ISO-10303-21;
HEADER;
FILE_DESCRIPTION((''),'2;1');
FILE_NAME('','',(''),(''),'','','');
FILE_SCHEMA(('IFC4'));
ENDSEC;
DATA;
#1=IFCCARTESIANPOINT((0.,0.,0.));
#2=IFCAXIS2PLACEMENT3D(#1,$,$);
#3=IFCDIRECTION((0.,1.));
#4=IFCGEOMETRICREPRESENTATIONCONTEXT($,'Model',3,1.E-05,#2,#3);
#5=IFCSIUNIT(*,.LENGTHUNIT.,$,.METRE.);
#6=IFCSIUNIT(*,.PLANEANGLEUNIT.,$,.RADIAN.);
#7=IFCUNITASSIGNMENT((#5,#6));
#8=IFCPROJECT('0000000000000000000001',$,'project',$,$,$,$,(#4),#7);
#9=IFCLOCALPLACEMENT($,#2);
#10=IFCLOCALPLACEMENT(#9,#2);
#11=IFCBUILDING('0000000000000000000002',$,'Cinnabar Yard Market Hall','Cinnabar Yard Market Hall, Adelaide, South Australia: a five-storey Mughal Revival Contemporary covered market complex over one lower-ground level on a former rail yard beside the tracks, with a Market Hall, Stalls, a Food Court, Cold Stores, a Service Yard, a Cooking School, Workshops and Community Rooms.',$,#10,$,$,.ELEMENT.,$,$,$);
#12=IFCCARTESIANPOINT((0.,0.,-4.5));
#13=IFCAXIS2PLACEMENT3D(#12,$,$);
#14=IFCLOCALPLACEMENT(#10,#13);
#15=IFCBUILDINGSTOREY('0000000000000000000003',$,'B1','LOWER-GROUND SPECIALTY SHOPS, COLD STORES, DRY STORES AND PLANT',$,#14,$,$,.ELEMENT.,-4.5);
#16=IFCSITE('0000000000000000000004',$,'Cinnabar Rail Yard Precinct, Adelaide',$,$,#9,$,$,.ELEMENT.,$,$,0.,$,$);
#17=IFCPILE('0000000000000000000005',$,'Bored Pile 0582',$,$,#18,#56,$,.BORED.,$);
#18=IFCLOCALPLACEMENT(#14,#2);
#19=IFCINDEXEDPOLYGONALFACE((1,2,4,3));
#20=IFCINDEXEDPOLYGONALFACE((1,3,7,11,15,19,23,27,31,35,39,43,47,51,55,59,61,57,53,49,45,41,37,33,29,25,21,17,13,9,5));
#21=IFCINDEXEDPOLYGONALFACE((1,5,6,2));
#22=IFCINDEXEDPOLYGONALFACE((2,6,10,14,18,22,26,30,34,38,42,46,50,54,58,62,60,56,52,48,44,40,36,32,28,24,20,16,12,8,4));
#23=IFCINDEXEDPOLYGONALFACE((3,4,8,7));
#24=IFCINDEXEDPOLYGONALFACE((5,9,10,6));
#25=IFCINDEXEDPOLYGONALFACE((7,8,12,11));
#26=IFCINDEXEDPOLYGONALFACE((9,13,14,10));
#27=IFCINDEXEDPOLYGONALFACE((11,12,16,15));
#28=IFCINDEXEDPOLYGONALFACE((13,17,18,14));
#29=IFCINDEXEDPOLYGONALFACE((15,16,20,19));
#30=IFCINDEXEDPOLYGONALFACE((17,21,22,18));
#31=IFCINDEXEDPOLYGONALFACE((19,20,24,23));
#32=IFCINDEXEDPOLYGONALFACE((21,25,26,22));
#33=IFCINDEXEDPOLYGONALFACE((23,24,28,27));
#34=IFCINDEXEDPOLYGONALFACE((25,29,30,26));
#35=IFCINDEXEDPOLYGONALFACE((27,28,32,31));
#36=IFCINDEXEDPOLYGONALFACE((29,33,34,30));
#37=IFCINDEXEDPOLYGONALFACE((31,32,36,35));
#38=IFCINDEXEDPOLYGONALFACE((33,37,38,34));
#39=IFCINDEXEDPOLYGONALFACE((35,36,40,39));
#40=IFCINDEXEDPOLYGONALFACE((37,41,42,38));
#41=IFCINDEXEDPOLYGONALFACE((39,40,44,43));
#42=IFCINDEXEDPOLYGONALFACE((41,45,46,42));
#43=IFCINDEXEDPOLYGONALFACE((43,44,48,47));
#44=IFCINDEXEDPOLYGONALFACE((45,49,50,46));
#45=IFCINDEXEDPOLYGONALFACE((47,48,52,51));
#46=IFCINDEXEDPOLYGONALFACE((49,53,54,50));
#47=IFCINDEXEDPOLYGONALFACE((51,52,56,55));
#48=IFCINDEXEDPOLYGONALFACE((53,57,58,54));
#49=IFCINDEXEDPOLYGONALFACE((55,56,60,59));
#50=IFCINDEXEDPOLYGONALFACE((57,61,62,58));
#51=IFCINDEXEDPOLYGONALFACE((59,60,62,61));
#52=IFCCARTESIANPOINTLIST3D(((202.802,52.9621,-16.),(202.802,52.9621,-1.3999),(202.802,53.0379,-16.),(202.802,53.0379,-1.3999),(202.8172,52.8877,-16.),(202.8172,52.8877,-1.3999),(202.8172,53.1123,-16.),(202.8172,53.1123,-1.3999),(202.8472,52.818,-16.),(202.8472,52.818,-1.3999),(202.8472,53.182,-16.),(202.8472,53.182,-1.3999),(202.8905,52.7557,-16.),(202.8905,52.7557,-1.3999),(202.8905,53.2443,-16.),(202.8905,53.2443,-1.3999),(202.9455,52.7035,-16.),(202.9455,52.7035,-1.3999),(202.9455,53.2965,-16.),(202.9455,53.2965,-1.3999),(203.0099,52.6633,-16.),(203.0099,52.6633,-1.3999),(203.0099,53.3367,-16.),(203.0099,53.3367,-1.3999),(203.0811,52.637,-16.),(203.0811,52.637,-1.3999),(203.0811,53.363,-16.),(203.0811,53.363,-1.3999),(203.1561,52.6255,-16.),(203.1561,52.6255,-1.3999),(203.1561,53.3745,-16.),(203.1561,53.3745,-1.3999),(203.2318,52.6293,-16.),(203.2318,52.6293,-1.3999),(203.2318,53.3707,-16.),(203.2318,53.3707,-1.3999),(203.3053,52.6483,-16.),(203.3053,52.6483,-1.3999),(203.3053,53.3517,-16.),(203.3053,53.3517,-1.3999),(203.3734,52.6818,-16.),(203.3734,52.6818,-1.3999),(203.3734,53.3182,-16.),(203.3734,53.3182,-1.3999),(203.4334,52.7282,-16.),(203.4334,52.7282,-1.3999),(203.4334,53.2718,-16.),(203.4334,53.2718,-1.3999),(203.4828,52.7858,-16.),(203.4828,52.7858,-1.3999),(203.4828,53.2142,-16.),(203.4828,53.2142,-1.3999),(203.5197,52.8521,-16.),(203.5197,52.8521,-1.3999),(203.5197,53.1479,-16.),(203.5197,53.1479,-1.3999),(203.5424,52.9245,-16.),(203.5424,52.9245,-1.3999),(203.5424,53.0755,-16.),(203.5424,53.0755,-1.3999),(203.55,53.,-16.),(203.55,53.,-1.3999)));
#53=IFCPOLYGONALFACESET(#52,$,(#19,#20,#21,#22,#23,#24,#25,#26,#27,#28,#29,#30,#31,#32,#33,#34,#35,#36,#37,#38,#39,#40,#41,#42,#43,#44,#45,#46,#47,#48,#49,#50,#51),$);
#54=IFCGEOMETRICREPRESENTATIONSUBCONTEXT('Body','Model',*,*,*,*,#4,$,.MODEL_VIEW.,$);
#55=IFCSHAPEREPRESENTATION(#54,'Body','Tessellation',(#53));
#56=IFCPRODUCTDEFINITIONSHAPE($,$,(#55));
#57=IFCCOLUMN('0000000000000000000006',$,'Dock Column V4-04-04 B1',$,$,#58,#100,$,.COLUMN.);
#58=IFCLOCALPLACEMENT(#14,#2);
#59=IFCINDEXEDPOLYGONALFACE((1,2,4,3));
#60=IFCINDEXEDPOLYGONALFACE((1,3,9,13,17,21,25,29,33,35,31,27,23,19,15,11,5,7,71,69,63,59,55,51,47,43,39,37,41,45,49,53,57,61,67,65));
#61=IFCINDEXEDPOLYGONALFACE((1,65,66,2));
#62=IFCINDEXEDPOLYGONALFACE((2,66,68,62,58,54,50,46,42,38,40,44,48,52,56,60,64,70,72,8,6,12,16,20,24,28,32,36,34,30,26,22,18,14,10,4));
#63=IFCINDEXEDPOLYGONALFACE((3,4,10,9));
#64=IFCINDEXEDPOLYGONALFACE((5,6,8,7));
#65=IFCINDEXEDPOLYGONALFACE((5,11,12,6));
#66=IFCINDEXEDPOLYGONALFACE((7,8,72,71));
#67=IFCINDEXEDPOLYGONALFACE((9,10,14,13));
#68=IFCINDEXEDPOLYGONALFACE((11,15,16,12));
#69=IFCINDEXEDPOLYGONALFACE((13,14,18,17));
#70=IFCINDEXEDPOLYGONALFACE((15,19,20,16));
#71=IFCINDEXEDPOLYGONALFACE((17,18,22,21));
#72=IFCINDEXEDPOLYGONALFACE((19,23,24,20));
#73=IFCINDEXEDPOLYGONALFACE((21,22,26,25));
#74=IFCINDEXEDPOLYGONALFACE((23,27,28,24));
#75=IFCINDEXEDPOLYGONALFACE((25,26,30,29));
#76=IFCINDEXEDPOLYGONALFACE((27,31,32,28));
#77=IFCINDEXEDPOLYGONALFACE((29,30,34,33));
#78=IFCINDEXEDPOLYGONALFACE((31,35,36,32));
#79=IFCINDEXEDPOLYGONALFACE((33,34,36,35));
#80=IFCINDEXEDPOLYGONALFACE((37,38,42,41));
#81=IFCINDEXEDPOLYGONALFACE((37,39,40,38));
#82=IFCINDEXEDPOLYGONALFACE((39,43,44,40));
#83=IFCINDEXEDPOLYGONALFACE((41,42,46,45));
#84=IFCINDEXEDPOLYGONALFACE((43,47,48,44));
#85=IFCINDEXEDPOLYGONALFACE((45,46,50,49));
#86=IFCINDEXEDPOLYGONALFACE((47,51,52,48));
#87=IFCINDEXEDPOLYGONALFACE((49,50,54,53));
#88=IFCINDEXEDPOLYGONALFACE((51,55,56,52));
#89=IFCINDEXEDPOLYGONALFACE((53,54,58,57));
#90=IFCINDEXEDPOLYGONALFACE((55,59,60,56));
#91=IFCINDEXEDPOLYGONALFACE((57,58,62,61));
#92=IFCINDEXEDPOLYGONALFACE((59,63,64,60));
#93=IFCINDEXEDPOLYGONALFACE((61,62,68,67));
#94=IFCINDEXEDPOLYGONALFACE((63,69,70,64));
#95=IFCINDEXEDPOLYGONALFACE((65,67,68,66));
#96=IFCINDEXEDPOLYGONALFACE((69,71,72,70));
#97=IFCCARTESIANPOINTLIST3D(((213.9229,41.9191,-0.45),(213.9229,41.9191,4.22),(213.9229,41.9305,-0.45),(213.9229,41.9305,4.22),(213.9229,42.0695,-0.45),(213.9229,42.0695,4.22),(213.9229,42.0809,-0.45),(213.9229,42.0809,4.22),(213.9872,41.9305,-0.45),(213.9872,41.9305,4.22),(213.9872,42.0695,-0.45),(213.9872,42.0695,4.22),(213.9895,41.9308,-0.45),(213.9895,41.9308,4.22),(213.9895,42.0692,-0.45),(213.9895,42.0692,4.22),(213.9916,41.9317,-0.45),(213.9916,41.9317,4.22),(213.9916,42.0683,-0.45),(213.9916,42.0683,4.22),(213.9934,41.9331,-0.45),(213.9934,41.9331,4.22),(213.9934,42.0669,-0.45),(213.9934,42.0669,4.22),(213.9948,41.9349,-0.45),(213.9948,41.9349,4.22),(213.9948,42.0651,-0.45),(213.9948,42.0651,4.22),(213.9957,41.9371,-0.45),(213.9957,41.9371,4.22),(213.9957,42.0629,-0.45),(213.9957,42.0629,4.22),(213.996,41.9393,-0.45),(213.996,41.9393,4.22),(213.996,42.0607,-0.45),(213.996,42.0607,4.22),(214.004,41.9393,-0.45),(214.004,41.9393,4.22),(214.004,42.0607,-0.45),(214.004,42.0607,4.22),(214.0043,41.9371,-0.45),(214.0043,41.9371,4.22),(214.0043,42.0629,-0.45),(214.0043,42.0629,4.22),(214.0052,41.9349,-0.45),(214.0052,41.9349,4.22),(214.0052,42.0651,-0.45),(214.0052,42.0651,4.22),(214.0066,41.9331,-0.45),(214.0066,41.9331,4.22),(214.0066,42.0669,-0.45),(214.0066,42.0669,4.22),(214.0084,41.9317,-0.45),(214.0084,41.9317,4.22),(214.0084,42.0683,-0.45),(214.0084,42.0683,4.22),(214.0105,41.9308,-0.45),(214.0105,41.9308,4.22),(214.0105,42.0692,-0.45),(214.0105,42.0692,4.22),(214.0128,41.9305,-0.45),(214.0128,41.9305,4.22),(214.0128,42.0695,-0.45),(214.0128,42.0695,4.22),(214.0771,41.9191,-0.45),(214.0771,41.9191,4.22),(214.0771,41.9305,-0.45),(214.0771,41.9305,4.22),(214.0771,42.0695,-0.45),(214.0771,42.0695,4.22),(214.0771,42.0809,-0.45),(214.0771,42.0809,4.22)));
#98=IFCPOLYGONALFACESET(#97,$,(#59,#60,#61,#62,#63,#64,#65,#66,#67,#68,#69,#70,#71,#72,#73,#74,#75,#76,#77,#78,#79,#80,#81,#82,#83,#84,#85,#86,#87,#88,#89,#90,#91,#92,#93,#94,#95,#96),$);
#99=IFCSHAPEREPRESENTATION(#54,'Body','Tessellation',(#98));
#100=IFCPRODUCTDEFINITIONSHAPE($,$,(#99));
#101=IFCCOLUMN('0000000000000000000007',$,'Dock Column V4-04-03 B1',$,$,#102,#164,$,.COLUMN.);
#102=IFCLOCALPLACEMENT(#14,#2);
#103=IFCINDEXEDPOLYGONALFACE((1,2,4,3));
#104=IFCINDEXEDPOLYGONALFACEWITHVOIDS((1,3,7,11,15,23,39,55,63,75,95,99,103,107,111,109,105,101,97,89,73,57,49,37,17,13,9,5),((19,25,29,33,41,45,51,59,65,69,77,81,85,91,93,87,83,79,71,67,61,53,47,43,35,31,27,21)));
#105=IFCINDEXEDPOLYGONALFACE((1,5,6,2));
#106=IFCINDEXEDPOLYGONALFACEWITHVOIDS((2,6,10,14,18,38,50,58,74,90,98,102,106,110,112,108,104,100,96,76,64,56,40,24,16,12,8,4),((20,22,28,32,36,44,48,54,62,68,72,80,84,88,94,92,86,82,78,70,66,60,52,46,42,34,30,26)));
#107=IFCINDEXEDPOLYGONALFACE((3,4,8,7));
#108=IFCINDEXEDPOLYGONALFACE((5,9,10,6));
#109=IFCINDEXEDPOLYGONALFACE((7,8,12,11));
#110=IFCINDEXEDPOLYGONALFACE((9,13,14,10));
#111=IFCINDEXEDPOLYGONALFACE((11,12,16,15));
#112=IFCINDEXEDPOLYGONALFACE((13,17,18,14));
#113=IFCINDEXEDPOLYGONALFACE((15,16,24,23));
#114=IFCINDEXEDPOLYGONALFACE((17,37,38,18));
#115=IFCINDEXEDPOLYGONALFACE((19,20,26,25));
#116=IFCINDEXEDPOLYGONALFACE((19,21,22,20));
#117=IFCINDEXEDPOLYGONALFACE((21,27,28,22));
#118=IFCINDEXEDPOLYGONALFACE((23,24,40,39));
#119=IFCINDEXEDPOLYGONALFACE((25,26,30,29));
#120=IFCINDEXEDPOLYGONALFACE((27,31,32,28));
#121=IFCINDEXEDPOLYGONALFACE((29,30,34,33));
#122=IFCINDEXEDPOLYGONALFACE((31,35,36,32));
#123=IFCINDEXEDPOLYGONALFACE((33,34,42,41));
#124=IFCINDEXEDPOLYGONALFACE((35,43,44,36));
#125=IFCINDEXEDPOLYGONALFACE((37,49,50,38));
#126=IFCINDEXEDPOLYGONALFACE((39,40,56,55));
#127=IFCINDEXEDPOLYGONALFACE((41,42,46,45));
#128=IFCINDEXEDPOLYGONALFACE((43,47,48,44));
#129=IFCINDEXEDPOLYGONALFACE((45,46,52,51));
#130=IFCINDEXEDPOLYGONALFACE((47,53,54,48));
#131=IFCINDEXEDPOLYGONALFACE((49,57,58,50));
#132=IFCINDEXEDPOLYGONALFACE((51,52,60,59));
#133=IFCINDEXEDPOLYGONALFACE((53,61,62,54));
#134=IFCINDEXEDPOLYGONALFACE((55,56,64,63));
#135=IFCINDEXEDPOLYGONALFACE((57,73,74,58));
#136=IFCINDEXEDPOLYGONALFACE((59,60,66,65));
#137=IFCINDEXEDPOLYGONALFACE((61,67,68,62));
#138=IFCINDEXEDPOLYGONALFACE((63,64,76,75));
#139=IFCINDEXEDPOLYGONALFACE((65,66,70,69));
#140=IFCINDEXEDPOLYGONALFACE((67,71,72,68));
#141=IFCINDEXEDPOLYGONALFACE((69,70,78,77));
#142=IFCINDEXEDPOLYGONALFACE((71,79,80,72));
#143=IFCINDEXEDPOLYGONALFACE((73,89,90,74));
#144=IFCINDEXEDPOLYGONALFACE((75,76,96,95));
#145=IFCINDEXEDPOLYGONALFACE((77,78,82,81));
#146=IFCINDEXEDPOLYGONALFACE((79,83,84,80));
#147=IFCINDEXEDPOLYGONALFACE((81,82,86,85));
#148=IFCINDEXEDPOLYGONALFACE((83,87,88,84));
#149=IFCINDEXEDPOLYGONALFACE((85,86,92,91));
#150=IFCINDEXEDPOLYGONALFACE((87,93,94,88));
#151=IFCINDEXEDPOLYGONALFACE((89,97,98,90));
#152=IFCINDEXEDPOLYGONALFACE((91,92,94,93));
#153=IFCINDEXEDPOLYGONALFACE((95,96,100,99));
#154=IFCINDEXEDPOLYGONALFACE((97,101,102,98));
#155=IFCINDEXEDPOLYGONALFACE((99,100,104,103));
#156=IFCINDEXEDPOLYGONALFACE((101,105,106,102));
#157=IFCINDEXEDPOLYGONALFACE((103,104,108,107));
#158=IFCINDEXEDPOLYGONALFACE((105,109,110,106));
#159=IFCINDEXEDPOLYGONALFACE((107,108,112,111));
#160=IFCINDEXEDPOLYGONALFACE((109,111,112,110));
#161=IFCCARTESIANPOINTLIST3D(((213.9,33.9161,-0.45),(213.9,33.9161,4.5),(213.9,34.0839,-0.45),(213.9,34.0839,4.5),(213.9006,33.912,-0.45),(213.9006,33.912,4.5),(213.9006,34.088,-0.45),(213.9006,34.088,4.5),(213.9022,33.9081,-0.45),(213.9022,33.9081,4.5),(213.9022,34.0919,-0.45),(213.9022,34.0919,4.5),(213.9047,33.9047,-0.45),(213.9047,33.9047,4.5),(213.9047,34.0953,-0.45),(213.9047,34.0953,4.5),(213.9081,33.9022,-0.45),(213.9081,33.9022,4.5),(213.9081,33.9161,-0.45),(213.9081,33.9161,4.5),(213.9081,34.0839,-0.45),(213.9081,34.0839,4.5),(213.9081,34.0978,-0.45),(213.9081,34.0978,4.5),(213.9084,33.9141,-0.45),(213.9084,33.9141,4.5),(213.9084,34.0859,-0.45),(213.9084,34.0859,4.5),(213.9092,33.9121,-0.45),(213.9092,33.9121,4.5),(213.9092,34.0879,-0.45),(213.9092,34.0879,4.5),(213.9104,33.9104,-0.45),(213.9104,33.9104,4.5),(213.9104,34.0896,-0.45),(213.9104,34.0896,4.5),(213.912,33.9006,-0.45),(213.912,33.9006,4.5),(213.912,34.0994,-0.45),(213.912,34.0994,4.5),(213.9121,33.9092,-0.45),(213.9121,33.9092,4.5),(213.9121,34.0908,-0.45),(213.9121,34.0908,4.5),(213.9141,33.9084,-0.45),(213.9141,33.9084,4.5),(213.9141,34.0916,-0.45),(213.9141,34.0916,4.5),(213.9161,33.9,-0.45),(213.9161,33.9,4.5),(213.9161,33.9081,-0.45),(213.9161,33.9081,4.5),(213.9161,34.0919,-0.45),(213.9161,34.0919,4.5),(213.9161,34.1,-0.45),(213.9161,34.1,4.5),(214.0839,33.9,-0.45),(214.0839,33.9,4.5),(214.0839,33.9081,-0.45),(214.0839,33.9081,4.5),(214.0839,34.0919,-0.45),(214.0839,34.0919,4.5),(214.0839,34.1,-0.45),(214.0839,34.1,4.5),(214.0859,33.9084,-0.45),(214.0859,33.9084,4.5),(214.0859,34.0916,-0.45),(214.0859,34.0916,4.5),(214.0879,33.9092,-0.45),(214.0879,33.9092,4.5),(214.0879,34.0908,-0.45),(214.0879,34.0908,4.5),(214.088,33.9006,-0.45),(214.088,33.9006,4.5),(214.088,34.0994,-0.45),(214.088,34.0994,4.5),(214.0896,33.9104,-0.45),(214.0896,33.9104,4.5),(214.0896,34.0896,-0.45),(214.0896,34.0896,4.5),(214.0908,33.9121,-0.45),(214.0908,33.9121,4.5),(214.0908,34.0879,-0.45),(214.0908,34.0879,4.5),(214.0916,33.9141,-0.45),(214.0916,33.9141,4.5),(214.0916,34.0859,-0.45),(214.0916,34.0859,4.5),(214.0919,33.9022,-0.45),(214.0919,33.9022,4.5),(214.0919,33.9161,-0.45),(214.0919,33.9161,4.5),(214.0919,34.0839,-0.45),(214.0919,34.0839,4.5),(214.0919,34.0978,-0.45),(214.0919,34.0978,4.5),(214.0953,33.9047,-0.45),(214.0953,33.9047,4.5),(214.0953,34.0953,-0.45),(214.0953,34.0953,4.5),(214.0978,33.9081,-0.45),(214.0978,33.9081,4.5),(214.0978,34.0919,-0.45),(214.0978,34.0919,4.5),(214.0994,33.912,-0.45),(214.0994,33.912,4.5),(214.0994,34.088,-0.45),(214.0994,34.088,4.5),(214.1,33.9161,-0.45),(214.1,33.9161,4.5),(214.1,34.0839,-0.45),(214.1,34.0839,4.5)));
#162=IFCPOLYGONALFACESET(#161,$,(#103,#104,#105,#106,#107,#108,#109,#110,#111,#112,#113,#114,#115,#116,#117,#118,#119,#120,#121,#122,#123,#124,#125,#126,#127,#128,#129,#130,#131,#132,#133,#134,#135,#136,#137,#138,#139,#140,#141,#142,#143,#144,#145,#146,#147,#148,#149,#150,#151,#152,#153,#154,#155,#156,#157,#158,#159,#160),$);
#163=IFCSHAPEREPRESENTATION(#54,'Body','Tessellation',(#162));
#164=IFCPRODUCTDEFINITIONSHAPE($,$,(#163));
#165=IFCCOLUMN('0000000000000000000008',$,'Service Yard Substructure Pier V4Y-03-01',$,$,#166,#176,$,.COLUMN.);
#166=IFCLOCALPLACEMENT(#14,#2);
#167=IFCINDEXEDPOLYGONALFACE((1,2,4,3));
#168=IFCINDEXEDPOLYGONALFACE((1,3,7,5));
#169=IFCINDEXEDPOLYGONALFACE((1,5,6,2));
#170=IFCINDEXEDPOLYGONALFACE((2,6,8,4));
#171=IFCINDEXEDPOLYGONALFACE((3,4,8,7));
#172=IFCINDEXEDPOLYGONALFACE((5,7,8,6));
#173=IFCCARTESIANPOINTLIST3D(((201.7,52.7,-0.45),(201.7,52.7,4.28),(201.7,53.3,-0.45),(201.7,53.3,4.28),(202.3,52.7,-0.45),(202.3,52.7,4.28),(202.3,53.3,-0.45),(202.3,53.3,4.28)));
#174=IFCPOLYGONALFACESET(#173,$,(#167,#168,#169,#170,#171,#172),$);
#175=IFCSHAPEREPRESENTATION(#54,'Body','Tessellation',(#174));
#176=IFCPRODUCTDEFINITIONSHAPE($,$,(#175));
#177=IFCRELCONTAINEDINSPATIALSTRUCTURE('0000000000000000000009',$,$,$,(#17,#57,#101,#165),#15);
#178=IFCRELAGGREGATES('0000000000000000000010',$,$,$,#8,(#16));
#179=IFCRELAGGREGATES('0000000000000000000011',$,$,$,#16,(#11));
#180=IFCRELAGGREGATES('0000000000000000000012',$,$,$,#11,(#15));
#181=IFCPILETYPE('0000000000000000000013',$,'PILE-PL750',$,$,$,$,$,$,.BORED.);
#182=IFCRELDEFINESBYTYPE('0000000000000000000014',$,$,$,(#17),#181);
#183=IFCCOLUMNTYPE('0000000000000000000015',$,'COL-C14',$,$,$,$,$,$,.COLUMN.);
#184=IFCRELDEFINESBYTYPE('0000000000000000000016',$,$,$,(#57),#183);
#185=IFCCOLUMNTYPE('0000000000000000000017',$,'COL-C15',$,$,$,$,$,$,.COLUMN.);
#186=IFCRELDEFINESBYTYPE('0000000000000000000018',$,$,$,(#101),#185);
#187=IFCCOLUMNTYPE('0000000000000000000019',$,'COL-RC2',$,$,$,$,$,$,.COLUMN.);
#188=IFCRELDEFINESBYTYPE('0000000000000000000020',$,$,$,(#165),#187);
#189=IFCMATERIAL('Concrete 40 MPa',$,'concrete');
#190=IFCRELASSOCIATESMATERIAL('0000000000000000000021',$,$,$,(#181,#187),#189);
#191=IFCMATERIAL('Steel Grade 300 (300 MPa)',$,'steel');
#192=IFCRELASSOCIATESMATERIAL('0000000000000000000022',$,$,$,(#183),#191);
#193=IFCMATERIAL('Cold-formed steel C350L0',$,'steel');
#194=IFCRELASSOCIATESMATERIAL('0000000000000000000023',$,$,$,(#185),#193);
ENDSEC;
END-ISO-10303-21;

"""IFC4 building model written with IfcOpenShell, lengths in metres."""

from ifc_helpers import new_model, si_unit, direction, frame, origin, origin_2d_with_axis, place, context, subcontext, project, spatial, rectangle, hollow_rectangle, circle, i_section, extrude, material, material_profile, profile_set, type_object, element, save


model = new_model("IFC4")

# Units and contexts
model_context = context("Model", 3, precision=1e-05, world=origin(), true_north=direction((0.0, 1.0)))
body_context = subcontext(model_context, "Body", "Model", "MODEL_VIEW")
ifc_project = project(units=[si_unit("LENGTHUNIT", "METRE"), si_unit("PLANEANGLEUNIT", "RADIAN")], contexts=[model_context])

# Site, building, storey
site_placement = place(None, origin())
site = spatial("IfcSite", under=ifc_project, at=site_placement, Name="Cinnabar Rail Yard Precinct, Adelaide", CompositionType="ELEMENT", RefElevation=0.0)
building_placement = place(site_placement, origin())
building = spatial("IfcBuilding", under=site, at=building_placement, Name="Cinnabar Yard Market Hall", Description="Cinnabar Yard Market Hall, Adelaide, South Australia: a five-storey Mughal Revival Contemporary covered market complex over one lower-ground level on a former rail yard beside the tracks, with a Market Hall, Stalls, a Food Court, Cold Stores, a Service Yard, a Cooking School, Workshops and Community Rooms.", CompositionType="ELEMENT")
storey_placement = place(building_placement, frame((0.0, 0.0, -4.5)))
storey = spatial("IfcBuildingStorey", under=building, at=storey_placement, Name="B1", Description="LOWER-GROUND SPECIALTY SHOPS, COLD STORES, DRY STORES AND PLANT", CompositionType="ELEMENT", Elevation=-4.5)

# Shared definitions
ifc_material_1 = material(Name="Concrete 40 MPa", Category="concrete")

# Pile
ifc_material_profile_1 = material_profile(ifc_material_1, circle(Radius=0.375, at=origin_2d_with_axis()), Name="PILE-D750")
ifc_profile_set_1 = profile_set([ifc_material_profile_1], Name="Concrete 40 MPa")
pile_type = type_object("IfcPileType", Name="PILE-PL750", PredefinedType="BORED", material=ifc_profile_set_1)
pile_placement = place(storey_placement, frame((203.175, 53.0, -1.3999), z_axis=(0.0, 0.0, -1.0), x_axis=(1.0, 0.0, 0.0)))
element("IfcPile", 1, at=pile_placement, inside=storey, type_object=pile_type, Name="Bored Pile 0582", PredefinedType="BORED", context=body_context, shape_type="SweptSolid", body=[
    extrude(circle(Radius=0.375, at=origin_2d_with_axis()), origin(), (0.0, 0.0, 1.0), 14.6001),
])

# Columns
ifc_material_2 = material(Name="Steel Grade 300 (300 MPa)", Category="steel")
ifc_material_profile_2 = material_profile(ifc_material_2, i_section(OverallWidth=0.1543, OverallDepth=0.1619, WebThickness=0.0081, FlangeThickness=0.0115, FilletRadius=0.0088, at=origin_2d_with_axis()), Name="150UC37.2")
ifc_profile_set_2 = profile_set([ifc_material_profile_2], Name="Steel Grade 300 (300 MPa)")
column_type_1 = type_object("IfcColumnType", Name="COL-C14", PredefinedType="COLUMN", material=ifc_profile_set_2)
column_1_placement = place(storey_placement, frame((214.0, 42.0, -0.45), z_axis=(0.0, 0.0, 1.0), x_axis=(1.0, 0.0, 0.0)))
element("IfcColumn", 2, at=column_1_placement, inside=storey, type_object=column_type_1, Name="Dock Column V4-04-04 B1", PredefinedType="COLUMN", context=body_context, shape_type="SweptSolid", body=[
    extrude(i_section(OverallWidth=0.1543, OverallDepth=0.1619, WebThickness=0.0081, FlangeThickness=0.0115, FilletRadius=0.0088, at=origin_2d_with_axis()), origin(), (0.0, 0.0, 1.0), 4.6699),
])
ifc_material_3 = material(Name="Cold-formed steel C350L0", Category="steel")
ifc_material_profile_3 = material_profile(ifc_material_3, hollow_rectangle(XDim=0.2, YDim=0.2, WallThickness=0.0081, InnerFilletRadius=0.0081, OuterFilletRadius=0.0161, at=origin_2d_with_axis()), Name="200x200x8.0SHS")
ifc_profile_set_3 = profile_set([ifc_material_profile_3], Name="Cold-formed steel C350L0")
column_type_2 = type_object("IfcColumnType", Name="COL-C15", PredefinedType="COLUMN", material=ifc_profile_set_3)
column_2_placement = place(storey_placement, frame((214.0, 34.0, -0.45), z_axis=(0.0, 0.0, 1.0), x_axis=(1.0, 0.0, 0.0)))
element("IfcColumn", 3, at=column_2_placement, inside=storey, type_object=column_type_2, Name="Dock Column V4-04-03 B1", PredefinedType="COLUMN", context=body_context, shape_type="SweptSolid", body=[
    extrude(hollow_rectangle(XDim=0.2, YDim=0.2, WallThickness=0.0081, InnerFilletRadius=0.0081, OuterFilletRadius=0.0161, at=origin_2d_with_axis()), origin(), (0.0, 0.0, 1.0), 4.95),
])
ifc_material_profile_4 = material_profile(ifc_material_1, rectangle(XDim=0.6001, YDim=0.6001, at=origin_2d_with_axis()), Name="RC-600x600")
ifc_profile_set_4 = profile_set([ifc_material_profile_4], Name="Concrete 40 MPa")
column_type_3 = type_object("IfcColumnType", Name="COL-RC2", PredefinedType="COLUMN", material=ifc_profile_set_4)
column_3_placement = place(storey_placement, frame((202.0, 53.0, -0.45), z_axis=(0.0, 0.0, 1.0), x_axis=(1.0, 0.0, 0.0)))
element("IfcColumn", 4, at=column_3_placement, inside=storey, type_object=column_type_3, Name="Service Yard Substructure Pier V4Y-03-01", PredefinedType="COLUMN", context=body_context, shape_type="SweptSolid", body=[
    extrude(rectangle(XDim=0.6001, YDim=0.6001, at=origin_2d_with_axis()), origin(), (0.0, 0.0, 1.0), 4.73),
])

save(model, "model.ifc")
